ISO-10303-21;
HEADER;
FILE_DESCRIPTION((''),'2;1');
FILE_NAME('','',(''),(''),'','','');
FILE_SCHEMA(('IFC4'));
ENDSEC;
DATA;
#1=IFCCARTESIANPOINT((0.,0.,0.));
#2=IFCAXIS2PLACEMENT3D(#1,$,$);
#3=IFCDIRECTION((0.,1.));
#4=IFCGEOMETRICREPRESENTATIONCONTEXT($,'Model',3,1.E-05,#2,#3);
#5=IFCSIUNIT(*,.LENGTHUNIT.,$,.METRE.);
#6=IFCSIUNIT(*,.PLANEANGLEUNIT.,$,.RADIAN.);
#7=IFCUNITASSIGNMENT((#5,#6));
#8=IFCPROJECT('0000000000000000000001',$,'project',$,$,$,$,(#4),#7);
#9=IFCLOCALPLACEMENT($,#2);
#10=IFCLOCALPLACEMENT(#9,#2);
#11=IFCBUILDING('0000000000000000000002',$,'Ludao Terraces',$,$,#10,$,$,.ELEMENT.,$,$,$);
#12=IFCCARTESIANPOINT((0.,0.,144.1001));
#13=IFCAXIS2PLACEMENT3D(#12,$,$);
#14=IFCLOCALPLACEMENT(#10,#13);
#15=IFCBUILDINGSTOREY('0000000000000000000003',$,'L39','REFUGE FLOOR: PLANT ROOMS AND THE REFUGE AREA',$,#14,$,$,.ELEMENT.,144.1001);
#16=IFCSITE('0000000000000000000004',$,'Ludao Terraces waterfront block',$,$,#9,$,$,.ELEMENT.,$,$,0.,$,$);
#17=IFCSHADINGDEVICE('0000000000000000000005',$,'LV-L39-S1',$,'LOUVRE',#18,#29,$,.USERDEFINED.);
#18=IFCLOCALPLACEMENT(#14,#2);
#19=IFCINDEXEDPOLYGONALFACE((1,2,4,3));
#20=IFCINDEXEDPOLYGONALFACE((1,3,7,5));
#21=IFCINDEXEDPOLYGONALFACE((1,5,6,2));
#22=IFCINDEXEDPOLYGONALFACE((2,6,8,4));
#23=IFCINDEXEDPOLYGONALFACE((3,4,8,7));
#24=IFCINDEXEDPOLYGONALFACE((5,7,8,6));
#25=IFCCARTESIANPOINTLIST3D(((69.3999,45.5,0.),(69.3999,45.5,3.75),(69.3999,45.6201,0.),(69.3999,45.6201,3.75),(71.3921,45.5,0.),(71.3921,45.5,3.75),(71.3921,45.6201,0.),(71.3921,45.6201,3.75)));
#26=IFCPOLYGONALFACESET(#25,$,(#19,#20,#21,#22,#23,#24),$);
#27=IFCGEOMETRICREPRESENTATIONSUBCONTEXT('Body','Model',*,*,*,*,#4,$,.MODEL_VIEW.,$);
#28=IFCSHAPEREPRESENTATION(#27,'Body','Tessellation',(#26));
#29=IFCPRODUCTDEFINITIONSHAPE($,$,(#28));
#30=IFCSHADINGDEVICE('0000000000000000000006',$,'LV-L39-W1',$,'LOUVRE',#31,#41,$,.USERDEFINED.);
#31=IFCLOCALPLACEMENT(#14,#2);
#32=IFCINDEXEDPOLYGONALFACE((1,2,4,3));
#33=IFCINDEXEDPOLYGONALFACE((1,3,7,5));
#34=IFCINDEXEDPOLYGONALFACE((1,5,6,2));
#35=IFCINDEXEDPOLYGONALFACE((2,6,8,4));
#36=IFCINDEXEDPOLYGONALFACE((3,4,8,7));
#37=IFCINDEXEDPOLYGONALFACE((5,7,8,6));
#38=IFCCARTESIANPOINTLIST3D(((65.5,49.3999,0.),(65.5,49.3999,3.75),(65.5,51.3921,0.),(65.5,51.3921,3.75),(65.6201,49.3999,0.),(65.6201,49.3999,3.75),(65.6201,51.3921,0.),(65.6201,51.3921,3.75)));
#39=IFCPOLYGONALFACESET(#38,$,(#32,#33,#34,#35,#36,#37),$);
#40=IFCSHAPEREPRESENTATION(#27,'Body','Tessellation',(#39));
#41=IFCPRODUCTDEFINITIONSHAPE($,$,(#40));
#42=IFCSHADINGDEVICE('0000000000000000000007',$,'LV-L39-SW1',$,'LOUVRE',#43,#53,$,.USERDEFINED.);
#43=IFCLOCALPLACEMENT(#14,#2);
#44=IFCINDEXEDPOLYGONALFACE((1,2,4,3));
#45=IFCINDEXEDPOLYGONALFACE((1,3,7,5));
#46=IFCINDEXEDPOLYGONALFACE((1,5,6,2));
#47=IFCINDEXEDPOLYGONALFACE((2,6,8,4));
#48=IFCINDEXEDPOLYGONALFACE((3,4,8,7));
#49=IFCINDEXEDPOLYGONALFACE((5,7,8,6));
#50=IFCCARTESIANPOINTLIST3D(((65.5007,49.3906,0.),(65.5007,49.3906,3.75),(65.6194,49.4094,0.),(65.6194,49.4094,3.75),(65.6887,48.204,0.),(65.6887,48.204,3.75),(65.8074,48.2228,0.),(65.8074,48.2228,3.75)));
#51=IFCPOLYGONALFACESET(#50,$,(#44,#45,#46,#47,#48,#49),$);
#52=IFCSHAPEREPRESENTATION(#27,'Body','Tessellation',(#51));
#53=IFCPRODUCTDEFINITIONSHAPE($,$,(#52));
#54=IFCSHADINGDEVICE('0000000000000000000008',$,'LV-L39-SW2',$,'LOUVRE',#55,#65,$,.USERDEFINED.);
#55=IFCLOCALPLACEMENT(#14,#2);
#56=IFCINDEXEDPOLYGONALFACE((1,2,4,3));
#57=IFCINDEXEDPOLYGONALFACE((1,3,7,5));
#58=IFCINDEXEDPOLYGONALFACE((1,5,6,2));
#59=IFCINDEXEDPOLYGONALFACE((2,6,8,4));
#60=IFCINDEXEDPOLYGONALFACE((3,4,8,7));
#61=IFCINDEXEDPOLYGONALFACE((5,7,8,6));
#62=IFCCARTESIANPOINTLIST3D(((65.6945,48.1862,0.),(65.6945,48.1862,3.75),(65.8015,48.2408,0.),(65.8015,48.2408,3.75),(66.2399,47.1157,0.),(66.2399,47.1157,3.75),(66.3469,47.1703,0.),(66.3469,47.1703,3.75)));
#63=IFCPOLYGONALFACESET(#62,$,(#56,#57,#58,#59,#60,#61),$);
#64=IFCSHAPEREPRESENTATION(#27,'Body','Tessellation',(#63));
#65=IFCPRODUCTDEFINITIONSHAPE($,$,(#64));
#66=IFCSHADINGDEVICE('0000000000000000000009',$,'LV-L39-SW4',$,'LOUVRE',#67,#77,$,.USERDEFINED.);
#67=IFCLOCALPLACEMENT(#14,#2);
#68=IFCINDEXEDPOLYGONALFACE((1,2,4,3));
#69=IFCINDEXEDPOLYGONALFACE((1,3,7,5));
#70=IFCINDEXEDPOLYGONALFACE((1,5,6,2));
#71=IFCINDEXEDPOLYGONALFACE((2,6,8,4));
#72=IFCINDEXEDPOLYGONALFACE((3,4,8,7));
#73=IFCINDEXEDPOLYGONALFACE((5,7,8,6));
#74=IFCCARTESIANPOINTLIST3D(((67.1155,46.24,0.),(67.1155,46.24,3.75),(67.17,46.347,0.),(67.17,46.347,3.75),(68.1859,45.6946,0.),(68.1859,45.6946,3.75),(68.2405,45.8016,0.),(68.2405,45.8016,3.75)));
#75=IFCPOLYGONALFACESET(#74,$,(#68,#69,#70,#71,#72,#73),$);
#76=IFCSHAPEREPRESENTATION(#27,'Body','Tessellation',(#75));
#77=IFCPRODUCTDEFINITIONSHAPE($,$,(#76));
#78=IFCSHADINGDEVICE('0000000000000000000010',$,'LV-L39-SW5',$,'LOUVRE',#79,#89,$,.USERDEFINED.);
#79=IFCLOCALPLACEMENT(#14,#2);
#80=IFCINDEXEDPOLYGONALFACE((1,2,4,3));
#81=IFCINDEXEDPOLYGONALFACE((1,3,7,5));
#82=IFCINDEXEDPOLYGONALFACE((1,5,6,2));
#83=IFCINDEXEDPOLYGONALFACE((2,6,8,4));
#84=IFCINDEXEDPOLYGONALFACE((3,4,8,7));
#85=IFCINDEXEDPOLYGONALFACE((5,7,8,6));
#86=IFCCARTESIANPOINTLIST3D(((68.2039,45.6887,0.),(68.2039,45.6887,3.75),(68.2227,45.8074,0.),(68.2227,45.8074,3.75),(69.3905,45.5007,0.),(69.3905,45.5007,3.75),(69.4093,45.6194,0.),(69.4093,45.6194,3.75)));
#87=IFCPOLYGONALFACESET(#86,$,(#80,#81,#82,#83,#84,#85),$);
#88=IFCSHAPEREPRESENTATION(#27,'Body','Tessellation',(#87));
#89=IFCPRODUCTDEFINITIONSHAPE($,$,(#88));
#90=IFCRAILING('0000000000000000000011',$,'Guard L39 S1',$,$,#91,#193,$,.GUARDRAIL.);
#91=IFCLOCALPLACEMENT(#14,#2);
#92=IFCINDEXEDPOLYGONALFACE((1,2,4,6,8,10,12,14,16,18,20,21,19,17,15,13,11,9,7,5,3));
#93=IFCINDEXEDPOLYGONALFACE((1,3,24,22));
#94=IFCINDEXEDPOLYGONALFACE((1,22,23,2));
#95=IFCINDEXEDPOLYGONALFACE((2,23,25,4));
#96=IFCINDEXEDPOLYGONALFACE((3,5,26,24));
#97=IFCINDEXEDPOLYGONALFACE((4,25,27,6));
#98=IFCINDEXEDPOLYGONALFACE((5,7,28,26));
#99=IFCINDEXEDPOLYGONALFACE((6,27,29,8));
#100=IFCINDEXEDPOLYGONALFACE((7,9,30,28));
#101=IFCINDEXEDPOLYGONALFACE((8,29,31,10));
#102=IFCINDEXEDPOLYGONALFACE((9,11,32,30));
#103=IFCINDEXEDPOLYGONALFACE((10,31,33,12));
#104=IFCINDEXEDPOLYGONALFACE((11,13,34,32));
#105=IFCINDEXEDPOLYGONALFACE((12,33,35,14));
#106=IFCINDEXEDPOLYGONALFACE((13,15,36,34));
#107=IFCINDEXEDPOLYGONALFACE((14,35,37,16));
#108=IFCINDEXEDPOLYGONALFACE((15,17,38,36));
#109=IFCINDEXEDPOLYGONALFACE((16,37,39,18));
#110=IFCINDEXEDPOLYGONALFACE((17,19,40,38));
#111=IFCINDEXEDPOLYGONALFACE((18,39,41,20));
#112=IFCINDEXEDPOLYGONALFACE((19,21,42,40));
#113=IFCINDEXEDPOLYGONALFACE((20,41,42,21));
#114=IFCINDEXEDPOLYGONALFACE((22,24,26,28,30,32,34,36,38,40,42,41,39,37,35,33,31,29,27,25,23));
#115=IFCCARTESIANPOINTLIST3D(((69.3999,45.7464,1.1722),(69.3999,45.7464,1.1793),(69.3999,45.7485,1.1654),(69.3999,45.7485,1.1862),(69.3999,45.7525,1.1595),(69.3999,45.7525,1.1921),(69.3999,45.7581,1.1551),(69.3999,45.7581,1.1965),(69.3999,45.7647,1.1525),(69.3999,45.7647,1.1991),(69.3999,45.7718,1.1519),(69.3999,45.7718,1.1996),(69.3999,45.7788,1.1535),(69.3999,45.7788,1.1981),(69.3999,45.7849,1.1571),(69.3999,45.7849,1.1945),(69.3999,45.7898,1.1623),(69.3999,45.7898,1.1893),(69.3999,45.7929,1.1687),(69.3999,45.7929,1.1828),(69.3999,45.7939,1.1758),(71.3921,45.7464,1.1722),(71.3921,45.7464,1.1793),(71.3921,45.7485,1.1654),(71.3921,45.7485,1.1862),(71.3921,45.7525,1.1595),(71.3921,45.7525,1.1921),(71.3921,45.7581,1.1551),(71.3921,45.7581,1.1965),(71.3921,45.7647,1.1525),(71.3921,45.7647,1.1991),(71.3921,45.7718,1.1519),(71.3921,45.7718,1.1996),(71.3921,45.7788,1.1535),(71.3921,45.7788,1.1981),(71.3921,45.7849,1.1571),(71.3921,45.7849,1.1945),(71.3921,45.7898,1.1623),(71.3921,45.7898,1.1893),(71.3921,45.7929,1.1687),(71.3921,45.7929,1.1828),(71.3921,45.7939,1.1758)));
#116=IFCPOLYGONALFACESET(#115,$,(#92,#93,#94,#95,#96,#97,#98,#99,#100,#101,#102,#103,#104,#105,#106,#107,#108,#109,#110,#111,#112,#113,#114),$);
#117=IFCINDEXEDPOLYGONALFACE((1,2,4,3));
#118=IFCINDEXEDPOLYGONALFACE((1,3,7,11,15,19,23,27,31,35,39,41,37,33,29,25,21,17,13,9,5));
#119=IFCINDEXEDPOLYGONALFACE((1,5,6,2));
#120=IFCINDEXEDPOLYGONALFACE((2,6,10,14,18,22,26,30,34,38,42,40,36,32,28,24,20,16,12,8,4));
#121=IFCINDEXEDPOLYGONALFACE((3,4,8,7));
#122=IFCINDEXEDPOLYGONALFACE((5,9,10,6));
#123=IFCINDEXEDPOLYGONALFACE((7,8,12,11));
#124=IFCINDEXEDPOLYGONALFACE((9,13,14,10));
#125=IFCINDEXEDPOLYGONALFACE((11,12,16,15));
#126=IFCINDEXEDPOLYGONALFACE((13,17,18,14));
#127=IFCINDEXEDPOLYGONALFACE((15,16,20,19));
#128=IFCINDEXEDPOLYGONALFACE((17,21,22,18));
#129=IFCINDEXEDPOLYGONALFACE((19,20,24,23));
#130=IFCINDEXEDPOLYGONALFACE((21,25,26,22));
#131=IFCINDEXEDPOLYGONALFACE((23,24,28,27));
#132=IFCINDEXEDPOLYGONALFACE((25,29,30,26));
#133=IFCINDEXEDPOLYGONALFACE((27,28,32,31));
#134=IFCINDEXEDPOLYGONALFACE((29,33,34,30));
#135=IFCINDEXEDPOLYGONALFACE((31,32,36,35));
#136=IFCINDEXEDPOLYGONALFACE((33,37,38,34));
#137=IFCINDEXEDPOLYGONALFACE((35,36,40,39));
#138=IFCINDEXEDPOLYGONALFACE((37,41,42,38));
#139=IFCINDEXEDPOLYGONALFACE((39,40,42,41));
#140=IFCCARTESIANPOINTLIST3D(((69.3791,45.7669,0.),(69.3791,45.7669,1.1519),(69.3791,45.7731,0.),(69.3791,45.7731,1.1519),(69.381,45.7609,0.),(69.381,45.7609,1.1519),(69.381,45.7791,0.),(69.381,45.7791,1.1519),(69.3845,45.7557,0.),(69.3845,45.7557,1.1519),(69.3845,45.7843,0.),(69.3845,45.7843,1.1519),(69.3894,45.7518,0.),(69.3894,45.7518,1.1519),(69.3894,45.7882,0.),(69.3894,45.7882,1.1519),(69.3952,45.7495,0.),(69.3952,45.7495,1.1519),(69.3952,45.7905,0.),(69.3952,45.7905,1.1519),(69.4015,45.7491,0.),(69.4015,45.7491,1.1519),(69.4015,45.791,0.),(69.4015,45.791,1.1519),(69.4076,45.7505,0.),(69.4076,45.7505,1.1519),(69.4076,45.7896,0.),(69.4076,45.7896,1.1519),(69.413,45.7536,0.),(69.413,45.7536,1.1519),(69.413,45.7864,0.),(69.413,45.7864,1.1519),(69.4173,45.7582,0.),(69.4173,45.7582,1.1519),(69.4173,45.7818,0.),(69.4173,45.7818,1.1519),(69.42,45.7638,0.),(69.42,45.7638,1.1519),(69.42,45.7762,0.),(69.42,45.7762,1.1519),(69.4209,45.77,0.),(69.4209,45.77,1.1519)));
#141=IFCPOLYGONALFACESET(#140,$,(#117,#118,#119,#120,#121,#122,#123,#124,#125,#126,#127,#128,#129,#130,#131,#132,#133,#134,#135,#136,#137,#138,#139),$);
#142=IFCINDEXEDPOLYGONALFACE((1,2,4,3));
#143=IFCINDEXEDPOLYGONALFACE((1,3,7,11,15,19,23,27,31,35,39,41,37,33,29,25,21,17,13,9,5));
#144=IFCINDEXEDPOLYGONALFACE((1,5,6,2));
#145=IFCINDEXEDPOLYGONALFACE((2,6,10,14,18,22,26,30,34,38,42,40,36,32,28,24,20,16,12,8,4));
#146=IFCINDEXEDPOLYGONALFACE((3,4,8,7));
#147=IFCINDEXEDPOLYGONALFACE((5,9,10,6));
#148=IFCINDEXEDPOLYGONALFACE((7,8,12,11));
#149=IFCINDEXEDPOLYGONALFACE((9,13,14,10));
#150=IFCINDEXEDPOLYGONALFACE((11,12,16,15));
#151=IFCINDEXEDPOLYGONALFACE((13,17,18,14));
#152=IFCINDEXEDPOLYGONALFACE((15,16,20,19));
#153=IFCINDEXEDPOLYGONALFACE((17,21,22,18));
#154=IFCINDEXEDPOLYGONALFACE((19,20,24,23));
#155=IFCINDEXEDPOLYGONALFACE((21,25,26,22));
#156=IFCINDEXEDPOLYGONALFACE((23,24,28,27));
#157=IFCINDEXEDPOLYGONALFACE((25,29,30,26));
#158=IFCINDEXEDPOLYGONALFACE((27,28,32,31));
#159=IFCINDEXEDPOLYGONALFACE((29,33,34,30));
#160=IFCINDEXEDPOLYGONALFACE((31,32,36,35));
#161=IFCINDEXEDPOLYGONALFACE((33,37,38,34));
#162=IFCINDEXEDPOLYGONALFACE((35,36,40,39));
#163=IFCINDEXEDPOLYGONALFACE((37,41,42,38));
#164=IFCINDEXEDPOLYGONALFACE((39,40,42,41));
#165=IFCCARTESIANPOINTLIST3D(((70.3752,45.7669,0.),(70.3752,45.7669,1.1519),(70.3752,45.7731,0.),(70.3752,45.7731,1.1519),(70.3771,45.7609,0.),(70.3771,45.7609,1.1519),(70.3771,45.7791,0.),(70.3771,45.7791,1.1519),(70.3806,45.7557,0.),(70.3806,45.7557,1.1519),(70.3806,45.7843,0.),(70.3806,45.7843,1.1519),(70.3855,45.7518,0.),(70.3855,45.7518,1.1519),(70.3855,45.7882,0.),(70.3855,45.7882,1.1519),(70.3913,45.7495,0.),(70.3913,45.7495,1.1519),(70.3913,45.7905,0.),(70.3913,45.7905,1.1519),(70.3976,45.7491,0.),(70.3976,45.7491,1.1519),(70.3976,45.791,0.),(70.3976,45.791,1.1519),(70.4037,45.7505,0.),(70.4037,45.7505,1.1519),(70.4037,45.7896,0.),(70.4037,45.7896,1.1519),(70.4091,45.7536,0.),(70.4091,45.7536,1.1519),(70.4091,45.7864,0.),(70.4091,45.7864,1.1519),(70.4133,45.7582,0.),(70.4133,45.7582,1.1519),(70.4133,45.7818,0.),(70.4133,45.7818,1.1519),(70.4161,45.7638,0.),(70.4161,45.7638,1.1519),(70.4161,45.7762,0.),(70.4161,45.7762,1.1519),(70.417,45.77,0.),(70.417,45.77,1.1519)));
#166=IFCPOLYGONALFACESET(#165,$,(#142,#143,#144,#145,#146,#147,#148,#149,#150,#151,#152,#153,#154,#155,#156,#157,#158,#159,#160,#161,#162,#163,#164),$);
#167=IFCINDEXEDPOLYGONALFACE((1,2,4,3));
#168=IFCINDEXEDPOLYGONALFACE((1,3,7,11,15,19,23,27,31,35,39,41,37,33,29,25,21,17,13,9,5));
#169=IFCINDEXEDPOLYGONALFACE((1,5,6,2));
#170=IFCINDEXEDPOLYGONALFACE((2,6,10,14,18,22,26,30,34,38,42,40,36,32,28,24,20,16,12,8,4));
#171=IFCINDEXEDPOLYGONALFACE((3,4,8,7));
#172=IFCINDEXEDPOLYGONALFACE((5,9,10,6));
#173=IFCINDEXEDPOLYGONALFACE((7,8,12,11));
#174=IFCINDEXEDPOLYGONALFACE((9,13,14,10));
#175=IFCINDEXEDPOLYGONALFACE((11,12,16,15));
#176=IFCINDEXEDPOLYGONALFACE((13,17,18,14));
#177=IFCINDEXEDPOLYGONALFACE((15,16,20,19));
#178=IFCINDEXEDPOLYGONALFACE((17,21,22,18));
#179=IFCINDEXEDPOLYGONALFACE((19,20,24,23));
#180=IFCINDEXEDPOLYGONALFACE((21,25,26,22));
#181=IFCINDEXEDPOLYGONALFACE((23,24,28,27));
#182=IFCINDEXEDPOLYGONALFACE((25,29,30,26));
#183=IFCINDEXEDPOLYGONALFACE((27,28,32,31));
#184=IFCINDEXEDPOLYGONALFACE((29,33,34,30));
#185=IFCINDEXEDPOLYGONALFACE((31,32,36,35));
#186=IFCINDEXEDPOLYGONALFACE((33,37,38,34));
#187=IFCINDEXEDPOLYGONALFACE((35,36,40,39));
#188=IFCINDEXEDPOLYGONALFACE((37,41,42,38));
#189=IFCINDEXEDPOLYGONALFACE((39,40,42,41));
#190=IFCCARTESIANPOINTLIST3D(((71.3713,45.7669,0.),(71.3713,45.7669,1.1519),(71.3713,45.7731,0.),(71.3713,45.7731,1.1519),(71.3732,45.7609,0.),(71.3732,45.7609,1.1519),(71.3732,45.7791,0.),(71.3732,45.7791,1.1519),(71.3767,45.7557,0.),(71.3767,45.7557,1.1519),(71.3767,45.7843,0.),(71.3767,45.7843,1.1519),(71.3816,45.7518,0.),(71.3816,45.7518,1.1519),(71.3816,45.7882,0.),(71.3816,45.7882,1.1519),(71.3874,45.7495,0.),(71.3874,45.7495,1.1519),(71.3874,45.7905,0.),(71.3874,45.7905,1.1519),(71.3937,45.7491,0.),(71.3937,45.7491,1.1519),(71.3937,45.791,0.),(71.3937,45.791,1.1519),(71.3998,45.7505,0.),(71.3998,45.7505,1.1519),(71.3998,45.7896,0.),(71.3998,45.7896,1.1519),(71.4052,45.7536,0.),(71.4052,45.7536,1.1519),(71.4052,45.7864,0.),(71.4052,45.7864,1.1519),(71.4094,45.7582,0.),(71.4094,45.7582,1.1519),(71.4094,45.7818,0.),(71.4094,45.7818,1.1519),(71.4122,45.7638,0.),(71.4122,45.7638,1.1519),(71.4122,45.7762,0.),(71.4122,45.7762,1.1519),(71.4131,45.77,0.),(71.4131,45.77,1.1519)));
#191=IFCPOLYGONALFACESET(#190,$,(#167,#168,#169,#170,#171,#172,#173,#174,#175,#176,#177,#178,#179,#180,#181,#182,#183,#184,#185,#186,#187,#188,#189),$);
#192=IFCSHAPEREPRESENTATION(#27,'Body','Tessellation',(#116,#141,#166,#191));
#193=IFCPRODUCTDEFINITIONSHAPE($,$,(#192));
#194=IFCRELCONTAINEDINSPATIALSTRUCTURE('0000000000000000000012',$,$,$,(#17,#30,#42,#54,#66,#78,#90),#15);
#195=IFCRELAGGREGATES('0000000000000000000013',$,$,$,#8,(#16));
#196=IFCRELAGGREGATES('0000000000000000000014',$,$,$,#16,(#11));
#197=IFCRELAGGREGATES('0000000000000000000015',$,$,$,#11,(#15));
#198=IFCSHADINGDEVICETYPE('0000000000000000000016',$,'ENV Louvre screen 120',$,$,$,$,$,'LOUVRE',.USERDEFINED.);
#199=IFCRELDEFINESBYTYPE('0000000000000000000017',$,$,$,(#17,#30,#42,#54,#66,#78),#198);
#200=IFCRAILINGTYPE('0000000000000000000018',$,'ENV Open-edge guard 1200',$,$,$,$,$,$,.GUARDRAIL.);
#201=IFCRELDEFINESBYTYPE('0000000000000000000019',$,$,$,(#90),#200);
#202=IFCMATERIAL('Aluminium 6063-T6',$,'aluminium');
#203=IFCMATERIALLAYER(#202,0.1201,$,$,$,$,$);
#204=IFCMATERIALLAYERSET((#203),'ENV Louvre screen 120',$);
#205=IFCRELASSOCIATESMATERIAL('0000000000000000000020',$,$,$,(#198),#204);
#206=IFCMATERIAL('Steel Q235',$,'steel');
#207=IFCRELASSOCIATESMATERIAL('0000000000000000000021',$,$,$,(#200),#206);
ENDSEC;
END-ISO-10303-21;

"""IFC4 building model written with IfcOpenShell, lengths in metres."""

from ifc_helpers import new_model, si_unit, direction, frame, frame_2d, origin, origin_2d, place, context, subcontext, project, spatial, rectangle, circle, extrude, material, layer, layer_set, type_object, element, save


model = new_model("IFC4")

# Units and contexts
model_context = context("Model", 3, precision=1e-05, world=origin(), true_north=direction((0.0, 1.0)))
body_context = subcontext(model_context, "Body", "Model", "MODEL_VIEW")
ifc_project = project(units=[si_unit("LENGTHUNIT", "METRE"), si_unit("PLANEANGLEUNIT", "RADIAN")], contexts=[model_context])

# Site, building, storey
site_placement = place(None, origin())
site = spatial("IfcSite", under=ifc_project, at=site_placement, Name="Ludao Terraces waterfront block", CompositionType="ELEMENT", RefElevation=0.0)
building_placement = place(site_placement, origin())
building = spatial("IfcBuilding", under=site, at=building_placement, Name="Ludao Terraces", CompositionType="ELEMENT")
storey_placement = place(building_placement, frame((0.0, 0.0, 144.1001)))
storey = spatial("IfcBuildingStorey", under=building, at=storey_placement, Name="L39", Description="REFUGE FLOOR: PLANT ROOMS AND THE REFUGE AREA", CompositionType="ELEMENT", Elevation=144.1001)

# Shared definitions
ifc_material_1 = material(Name="Steel Q235", Category="steel")

# Shading devices
ifc_material_2 = material(Name="Aluminium 6063-T6", Category="aluminium")
ifc_layer_1 = layer(ifc_material_2, 0.1201)
ifc_layer_set_1 = layer_set([ifc_layer_1], Name="ENV Louvre screen 120")
shading_device_type = type_object("IfcShadingDeviceType", Name="ENV Louvre screen 120", ElementType="LOUVRE", PredefinedType="USERDEFINED", material=ifc_layer_set_1)
for number, where, z_axis, x_axis, name in (
    (1, (69.3999, 45.5601, 0.0), (0.0, 0.0, 1.0), (1.0, 0.0, 0.0), "LV-L39-S1"),
    (2, (65.5601, 49.3999, 0.0), (0.0, 0.0, 1.0), (0.0, 1.0, 0.0), "LV-L39-W1"),
):
    element("IfcShadingDevice", number, at=place(storey_placement, frame(where, z_axis=z_axis, x_axis=x_axis)), inside=storey, type_object=shading_device_type, Name=name, ObjectType="LOUVRE", PredefinedType="USERDEFINED", context=body_context, shape_type="SweptSolid", body=[
        extrude(rectangle(XDim=1.9922, YDim=0.1201, at=frame_2d((0.9961, 0.0))), origin(), (0.0, 0.0, 1.0), 3.75),
    ])
for number, where, z_axis, x_axis, name in (
    (3, (65.5601, 49.3999, 0.0), (0.0, 0.0, 1.0), (0.156484, -0.98768, 0.0), "LV-L39-SW1"),
    (4, (65.748, 48.2134, 0.0), (0.0, 0.0, 1.0), (0.453947, -0.891029, 0.0), "LV-L39-SW2"),
    (5, (67.1428, 46.2935, 0.0), (0.0, 0.0, 1.0), (0.891029, -0.453947, 0.0), "LV-L39-SW4"),
    (6, (68.2134, 45.748, 0.0), (0.0, 0.0, 1.0), (0.98768, -0.156484, 0.0), "LV-L39-SW5"),
):
    element("IfcShadingDevice", number, at=place(storey_placement, frame(where, z_axis=z_axis, x_axis=x_axis)), inside=storey, type_object=shading_device_type, Name=name, ObjectType="LOUVRE", PredefinedType="USERDEFINED", context=body_context, shape_type="SweptSolid", body=[
        extrude(rectangle(XDim=1.2014, YDim=0.1201, at=frame_2d((0.6006, 0.0))), origin(), (0.0, 0.0, 1.0), 3.75),
    ])

# Railing
railing_type = type_object("IfcRailingType", Name="ENV Open-edge guard 1200", PredefinedType="GUARDRAIL", material=ifc_material_1)
railing_1_placement = place(storey_placement, frame((69.3999, 45.77, 0.0)))
element("IfcRailing", 7, at=railing_1_placement, inside=storey, type_object=railing_type, Name="Guard L39 S1", PredefinedType="GUARDRAIL", context=body_context, shape_type="SweptSolid", body=[
    extrude(circle(Radius=0.0239, at=origin_2d()), frame((0.0, 0.0, 1.1758), z_axis=(1.0, 0.0, 0.0), x_axis=(0.0, 1.0, 0.0)), (0.0, 0.0, 1.0), 1.9922),
    extrude(circle(Radius=0.021, at=origin_2d()), origin(), (0.0, 0.0, 1.0), 1.1519),
    extrude(circle(Radius=0.021, at=origin_2d()), frame((0.9961, 0.0, 0.0)), (0.0, 0.0, 1.0), 1.1519),
    extrude(circle(Radius=0.021, at=origin_2d()), frame((1.9922, 0.0, 0.0)), (0.0, 0.0, 1.0), 1.1519),
])

save(model, "model.ifc")
